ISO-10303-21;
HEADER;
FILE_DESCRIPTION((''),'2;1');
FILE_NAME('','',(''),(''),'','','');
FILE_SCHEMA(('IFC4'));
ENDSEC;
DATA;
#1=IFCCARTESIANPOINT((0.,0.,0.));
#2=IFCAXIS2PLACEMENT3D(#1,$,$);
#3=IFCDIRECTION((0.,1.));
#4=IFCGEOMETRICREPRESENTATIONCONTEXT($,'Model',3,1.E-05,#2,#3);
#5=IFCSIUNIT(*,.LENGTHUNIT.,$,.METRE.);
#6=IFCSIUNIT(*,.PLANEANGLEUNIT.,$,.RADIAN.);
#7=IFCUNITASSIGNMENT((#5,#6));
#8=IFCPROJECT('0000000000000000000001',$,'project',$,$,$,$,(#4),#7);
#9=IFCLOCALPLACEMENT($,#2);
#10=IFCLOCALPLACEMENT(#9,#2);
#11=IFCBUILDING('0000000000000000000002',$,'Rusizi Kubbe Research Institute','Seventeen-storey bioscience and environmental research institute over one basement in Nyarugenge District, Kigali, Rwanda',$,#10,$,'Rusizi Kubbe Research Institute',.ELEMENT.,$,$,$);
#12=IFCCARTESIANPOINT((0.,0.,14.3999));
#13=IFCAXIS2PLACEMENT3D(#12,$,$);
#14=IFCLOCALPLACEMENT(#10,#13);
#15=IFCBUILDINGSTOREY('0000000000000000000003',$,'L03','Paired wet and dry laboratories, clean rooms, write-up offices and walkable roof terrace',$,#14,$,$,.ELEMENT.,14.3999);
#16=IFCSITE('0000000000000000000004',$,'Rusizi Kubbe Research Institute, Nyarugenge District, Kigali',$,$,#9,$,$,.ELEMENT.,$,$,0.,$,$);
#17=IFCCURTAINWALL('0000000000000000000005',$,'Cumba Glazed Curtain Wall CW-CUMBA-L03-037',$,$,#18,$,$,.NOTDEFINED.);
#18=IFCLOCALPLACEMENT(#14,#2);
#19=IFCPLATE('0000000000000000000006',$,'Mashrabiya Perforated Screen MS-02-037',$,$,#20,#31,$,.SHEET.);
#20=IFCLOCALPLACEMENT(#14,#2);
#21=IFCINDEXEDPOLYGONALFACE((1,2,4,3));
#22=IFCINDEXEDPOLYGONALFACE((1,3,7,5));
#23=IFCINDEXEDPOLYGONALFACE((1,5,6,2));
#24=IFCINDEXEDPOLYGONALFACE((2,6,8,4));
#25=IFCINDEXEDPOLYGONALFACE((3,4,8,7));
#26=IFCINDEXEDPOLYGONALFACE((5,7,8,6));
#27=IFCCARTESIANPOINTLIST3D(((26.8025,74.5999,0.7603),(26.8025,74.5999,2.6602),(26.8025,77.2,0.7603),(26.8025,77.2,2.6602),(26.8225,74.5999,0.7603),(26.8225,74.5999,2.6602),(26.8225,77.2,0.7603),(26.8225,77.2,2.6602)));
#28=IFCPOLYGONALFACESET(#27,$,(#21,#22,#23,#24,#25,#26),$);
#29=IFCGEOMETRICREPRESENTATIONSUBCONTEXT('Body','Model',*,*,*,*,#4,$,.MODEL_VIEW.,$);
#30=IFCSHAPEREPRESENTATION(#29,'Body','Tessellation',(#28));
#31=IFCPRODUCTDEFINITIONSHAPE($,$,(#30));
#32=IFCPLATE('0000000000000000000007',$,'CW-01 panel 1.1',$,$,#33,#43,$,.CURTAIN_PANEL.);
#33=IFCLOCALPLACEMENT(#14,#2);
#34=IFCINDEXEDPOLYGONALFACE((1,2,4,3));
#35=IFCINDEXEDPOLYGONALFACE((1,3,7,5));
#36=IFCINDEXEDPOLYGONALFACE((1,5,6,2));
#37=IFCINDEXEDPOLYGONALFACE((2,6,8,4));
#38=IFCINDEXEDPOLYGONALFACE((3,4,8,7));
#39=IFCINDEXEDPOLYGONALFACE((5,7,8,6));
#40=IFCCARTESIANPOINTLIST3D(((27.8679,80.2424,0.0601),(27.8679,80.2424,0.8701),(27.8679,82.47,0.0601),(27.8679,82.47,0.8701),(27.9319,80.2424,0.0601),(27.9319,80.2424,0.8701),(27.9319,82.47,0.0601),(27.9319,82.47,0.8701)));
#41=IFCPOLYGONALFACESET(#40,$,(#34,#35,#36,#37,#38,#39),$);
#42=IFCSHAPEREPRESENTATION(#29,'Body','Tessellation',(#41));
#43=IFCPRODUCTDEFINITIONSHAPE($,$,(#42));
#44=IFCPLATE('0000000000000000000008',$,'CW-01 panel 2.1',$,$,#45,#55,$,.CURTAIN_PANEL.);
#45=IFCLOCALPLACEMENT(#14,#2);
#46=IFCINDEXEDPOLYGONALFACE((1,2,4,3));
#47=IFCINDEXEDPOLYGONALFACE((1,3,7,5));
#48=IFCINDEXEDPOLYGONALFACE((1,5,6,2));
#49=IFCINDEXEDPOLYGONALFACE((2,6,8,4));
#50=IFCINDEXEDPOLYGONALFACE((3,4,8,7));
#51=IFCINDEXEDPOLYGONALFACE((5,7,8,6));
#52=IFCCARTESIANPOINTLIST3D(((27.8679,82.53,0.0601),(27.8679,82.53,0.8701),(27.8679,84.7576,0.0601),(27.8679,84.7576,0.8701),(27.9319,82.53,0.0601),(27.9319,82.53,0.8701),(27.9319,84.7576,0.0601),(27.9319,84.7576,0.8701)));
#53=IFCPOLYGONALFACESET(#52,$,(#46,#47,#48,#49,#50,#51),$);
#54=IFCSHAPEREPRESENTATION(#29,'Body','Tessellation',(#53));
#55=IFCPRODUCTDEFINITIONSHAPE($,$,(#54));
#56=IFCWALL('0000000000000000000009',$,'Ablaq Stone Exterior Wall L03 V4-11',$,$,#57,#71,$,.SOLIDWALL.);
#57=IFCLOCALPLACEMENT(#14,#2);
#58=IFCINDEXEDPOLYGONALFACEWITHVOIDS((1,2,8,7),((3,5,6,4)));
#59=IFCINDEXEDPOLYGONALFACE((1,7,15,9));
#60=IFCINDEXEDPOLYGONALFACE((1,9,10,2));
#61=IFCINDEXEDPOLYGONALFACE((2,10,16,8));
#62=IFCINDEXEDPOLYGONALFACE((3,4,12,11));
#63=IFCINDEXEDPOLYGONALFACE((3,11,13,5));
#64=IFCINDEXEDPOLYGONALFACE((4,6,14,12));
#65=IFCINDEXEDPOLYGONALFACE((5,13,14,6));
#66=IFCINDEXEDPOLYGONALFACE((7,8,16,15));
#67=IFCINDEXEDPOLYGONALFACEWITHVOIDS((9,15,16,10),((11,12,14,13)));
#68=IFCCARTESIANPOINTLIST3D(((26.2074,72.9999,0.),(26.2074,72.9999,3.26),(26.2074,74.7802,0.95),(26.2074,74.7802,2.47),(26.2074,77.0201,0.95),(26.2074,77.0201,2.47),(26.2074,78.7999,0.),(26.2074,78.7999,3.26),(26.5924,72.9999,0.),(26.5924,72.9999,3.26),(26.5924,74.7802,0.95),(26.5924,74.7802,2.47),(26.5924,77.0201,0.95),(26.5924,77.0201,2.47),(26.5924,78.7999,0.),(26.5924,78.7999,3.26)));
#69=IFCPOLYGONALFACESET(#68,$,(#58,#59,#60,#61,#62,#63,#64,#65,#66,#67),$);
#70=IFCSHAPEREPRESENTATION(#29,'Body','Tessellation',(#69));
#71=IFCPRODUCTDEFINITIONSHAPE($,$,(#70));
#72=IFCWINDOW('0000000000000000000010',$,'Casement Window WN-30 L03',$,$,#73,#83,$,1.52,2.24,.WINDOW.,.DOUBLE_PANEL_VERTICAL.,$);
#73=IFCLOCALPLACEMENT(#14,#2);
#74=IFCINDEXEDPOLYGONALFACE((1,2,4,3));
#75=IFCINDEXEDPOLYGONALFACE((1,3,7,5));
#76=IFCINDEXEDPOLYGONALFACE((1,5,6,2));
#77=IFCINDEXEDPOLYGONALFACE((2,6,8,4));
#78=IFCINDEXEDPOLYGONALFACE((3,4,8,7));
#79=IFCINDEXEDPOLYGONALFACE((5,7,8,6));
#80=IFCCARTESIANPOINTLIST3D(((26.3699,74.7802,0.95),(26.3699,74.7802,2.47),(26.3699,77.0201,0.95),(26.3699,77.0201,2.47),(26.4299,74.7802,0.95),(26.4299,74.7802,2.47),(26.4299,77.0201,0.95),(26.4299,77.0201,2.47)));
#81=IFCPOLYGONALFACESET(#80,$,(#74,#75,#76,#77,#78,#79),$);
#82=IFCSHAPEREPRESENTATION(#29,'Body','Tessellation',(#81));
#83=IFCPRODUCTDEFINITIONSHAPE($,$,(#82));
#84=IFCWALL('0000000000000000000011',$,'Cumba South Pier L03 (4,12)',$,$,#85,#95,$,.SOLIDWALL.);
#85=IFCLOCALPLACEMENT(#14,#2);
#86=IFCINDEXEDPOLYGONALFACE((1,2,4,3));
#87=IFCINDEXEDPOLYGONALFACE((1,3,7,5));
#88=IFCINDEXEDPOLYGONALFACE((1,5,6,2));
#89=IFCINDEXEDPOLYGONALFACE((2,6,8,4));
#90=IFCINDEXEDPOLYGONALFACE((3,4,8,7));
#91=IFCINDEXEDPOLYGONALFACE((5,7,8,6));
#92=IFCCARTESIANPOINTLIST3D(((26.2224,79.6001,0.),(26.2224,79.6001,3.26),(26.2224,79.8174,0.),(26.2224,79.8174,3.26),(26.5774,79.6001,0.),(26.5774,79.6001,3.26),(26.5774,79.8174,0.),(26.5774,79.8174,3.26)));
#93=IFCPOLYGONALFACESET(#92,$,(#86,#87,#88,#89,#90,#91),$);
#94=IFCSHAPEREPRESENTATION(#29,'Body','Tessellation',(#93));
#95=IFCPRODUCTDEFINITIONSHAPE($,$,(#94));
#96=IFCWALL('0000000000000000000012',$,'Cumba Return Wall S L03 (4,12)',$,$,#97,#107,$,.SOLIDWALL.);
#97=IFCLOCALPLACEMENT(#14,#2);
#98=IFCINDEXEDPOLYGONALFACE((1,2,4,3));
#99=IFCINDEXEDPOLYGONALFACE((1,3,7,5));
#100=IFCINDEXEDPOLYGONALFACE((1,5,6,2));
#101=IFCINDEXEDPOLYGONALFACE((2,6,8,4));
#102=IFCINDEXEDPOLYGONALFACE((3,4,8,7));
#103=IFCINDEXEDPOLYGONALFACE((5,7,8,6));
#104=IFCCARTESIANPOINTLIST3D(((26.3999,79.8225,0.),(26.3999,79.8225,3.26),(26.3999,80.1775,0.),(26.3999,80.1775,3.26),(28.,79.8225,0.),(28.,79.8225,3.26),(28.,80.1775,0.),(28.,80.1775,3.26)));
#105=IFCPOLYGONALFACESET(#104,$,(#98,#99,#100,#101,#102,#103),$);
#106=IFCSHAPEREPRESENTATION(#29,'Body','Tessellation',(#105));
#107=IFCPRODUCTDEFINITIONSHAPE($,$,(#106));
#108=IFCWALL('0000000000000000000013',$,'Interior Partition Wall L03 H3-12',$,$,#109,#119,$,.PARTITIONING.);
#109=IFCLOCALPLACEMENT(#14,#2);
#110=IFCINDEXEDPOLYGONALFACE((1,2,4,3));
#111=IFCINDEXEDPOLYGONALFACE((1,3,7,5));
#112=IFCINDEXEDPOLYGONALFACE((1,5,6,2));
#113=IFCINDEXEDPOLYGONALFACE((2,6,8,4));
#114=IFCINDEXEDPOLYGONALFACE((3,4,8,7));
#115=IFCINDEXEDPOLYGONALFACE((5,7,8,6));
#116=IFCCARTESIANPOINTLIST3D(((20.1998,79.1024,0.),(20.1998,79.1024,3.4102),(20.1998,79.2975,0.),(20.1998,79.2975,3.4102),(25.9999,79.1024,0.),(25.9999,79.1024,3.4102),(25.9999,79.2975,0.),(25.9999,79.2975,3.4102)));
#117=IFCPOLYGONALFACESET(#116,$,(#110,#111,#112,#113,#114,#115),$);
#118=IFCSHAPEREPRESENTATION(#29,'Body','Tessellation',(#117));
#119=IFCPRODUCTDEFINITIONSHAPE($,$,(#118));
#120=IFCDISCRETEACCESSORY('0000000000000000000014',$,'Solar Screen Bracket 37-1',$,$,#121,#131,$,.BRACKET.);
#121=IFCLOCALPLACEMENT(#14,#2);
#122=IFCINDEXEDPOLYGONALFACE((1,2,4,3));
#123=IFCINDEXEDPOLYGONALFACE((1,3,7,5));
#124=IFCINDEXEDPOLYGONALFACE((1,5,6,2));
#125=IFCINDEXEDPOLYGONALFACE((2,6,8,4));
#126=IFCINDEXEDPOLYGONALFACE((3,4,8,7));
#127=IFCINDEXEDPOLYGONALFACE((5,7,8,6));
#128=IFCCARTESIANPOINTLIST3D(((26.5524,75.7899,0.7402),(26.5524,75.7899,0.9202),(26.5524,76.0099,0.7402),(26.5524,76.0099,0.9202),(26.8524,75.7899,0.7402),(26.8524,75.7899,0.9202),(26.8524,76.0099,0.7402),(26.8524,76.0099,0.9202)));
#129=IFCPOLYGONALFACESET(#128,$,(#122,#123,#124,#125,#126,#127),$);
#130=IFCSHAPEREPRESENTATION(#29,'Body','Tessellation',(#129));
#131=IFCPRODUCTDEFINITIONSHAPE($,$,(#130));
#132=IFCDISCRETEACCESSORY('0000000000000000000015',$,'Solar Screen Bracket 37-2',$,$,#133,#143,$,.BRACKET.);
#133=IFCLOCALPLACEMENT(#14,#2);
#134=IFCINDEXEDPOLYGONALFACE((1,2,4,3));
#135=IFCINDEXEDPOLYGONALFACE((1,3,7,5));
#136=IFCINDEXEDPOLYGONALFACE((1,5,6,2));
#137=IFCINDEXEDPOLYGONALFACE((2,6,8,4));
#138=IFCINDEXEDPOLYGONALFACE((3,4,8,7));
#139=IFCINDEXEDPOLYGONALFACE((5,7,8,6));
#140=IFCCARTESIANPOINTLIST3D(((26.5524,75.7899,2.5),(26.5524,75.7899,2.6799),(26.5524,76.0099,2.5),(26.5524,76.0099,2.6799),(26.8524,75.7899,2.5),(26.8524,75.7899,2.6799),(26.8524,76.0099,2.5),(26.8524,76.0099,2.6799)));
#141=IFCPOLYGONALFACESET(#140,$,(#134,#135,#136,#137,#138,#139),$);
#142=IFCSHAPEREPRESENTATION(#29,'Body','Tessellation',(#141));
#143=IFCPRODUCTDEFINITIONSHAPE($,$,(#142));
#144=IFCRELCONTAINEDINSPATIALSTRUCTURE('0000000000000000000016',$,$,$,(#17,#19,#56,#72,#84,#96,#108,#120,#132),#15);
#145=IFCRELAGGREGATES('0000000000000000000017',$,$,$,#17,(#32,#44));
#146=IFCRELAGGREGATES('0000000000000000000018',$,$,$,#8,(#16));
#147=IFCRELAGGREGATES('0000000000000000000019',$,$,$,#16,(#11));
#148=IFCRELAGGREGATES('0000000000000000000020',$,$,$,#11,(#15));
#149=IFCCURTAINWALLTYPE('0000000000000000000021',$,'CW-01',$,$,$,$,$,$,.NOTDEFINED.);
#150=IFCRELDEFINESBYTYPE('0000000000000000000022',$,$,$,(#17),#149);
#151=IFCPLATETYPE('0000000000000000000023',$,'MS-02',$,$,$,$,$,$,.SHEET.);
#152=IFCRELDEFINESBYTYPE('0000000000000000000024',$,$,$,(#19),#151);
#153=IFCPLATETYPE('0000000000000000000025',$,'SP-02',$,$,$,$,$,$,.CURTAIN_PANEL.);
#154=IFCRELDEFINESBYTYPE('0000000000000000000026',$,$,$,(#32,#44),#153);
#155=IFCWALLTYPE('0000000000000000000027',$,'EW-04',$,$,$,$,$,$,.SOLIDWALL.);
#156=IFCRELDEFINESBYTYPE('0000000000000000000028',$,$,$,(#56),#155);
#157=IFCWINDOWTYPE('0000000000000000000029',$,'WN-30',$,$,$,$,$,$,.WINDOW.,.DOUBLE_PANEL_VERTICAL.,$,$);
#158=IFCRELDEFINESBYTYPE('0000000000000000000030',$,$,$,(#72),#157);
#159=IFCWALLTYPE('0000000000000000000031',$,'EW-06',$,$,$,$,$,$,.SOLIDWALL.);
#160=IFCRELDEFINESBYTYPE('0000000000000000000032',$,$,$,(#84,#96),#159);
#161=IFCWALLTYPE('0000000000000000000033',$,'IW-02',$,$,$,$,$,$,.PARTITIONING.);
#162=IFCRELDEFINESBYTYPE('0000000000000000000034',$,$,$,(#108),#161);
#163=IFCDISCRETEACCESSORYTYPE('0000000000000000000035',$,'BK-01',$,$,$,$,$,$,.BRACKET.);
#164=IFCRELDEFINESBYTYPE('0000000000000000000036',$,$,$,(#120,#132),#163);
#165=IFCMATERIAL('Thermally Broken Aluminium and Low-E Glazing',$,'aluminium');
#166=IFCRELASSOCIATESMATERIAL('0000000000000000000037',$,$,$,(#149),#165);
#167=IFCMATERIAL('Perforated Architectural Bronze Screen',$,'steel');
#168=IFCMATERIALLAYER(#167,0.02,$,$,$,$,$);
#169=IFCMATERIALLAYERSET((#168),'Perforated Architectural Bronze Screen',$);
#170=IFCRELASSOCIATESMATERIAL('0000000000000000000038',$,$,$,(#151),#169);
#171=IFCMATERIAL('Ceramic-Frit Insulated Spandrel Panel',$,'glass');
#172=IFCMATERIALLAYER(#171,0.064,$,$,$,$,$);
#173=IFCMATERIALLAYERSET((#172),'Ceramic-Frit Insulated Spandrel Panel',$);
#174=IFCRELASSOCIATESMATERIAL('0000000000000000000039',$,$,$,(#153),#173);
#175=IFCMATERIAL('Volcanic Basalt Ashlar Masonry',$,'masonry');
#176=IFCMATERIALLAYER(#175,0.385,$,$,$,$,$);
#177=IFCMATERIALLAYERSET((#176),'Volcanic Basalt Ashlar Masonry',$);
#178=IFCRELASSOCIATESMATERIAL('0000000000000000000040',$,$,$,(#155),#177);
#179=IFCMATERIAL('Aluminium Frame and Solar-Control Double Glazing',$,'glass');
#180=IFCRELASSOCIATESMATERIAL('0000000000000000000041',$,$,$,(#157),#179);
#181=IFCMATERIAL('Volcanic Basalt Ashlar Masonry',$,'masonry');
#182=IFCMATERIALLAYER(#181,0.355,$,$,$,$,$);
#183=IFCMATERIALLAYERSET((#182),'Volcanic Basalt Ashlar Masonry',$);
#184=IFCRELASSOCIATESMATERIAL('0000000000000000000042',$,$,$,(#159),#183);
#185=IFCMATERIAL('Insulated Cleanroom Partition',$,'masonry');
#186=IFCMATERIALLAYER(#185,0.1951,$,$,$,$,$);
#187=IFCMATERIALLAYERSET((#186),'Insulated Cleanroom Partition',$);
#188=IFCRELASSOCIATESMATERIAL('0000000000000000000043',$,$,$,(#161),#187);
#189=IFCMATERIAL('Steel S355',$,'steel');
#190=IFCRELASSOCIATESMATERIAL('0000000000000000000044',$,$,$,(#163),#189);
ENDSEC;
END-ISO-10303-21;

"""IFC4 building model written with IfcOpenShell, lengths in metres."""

from ifc_helpers import new_model, si_unit, direction, frame, frame_2d, origin, origin_2d, place, context, subcontext, project, spatial, rectangle, extrude, material, layer, layer_set, type_object, element, fill, aggregate, save


model = new_model("IFC4")

# Units and contexts
model_context = context("Model", 3, precision=1e-05, world=origin(), true_north=direction((0.0, 1.0)))
body_context = subcontext(model_context, "Body", "Model", "MODEL_VIEW")
ifc_project = project(units=[si_unit("LENGTHUNIT", "METRE"), si_unit("PLANEANGLEUNIT", "RADIAN")], contexts=[model_context])

# Site, building, storey
site_placement = place(None, origin())
site = spatial("IfcSite", under=ifc_project, at=site_placement, Name="Rusizi Kubbe Research Institute, Nyarugenge District, Kigali", CompositionType="ELEMENT", RefElevation=0.0)
building_placement = place(site_placement, origin())
building = spatial("IfcBuilding", under=site, at=building_placement, Name="Rusizi Kubbe Research Institute", Description="Seventeen-storey bioscience and environmental research institute over one basement in Nyarugenge District, Kigali, Rwanda", LongName="Rusizi Kubbe Research Institute", CompositionType="ELEMENT")
storey_placement = place(building_placement, frame((0.0, 0.0, 14.3999)))
storey = spatial("IfcBuildingStorey", under=building, at=storey_placement, Name="L03", Description="Paired wet and dry laboratories, clean rooms, write-up offices and walkable roof terrace", CompositionType="ELEMENT", Elevation=14.3999)

# Curtain wall
ifc_material_1 = material(Name="Thermally Broken Aluminium and Low-E Glazing", Category="aluminium")
curtain_wall_type = type_object("IfcCurtainWallType", Name="CW-01", PredefinedType="NOTDEFINED", material=ifc_material_1)
curtain_wall_placement = place(storey_placement, origin())
curtain_wall = element("IfcCurtainWall", 1, at=curtain_wall_placement, inside=storey, type_object=curtain_wall_type, Name="Cumba Glazed Curtain Wall CW-CUMBA-L03-037", PredefinedType="NOTDEFINED")

# Plates
ifc_material_2 = material(Name="Perforated Architectural Bronze Screen", Category="steel")
ifc_layer_1 = layer(ifc_material_2, 0.02)
ifc_layer_set_1 = layer_set([ifc_layer_1], Name="Perforated Architectural Bronze Screen")
plate_type_1 = type_object("IfcPlateType", Name="MS-02", PredefinedType="SHEET", material=ifc_layer_set_1)
plate_1_placement = place(storey_placement, frame((26.8125, 75.8999, 0.7603), z_axis=(0.0, 0.0, 1.0), x_axis=(0.0, 1.0, 0.0)))
element("IfcPlate", 2, at=plate_1_placement, inside=storey, type_object=plate_type_1, Name="Mashrabiya Perforated Screen MS-02-037", PredefinedType="SHEET", context=body_context, shape_type="SweptSolid", body=[
    extrude(rectangle(XDim=2.6001, YDim=0.02, at=origin_2d()), origin(), (0.0, 0.0, 1.0), 1.8999),
])
ifc_material_3 = material(Name="Ceramic-Frit Insulated Spandrel Panel", Category="glass")
ifc_layer_2 = layer(ifc_material_3, 0.064)
ifc_layer_set_2 = layer_set([ifc_layer_2], Name="Ceramic-Frit Insulated Spandrel Panel")
plate_type_2 = type_object("IfcPlateType", Name="SP-02", PredefinedType="CURTAIN_PANEL", material=ifc_layer_set_2)
plate_2_placement = place(storey_placement, frame((27.8999, 81.3562, 0.0601), z_axis=(0.0, 0.0, 1.0), x_axis=(0.0, 1.0, 0.0)))
plate_2 = element("IfcPlate", 3, at=plate_2_placement, type_object=plate_type_2, Name="CW-01 panel 1.1", PredefinedType="CURTAIN_PANEL", context=body_context, shape_type="SweptSolid", body=[
    extrude(rectangle(XDim=2.2275, YDim=0.064, at=origin_2d()), origin(), (0.0, 0.0, 1.0), 0.8101),
])
plate_3_placement = place(storey_placement, frame((27.8999, 83.6438, 0.0601), z_axis=(0.0, 0.0, 1.0), x_axis=(0.0, 1.0, 0.0)))
plate_3 = element("IfcPlate", 4, at=plate_3_placement, type_object=plate_type_2, Name="CW-01 panel 2.1", PredefinedType="CURTAIN_PANEL", context=body_context, shape_type="SweptSolid", body=[
    extrude(rectangle(XDim=2.2275, YDim=0.064, at=origin_2d()), origin(), (0.0, 0.0, 1.0), 0.8101),
])
aggregate(curtain_wall, [plate_2, plate_3])

# Wall, opening, window
ifc_material_4 = material(Name="Volcanic Basalt Ashlar Masonry", Category="masonry")
ifc_layer_3 = layer(ifc_material_4, 0.385)
ifc_layer_set_3 = layer_set([ifc_layer_3], Name="Volcanic Basalt Ashlar Masonry")
wall_type_1 = type_object("IfcWallType", Name="EW-04", PredefinedType="SOLIDWALL", material=ifc_layer_set_3)
wall_1_placement = place(storey_placement, frame((26.3999, 73.0, 0.0), z_axis=(0.0, 0.0, 1.0), x_axis=(0.0, 1.0, 0.0)))
wall_1 = element("IfcWall", 5, at=wall_1_placement, inside=storey, type_object=wall_type_1, Name="Ablaq Stone Exterior Wall L03 V4-11", PredefinedType="SOLIDWALL", context=body_context, shape_type="SweptSolid", body=[
    extrude(rectangle(XDim=5.8, YDim=0.385, at=frame_2d((2.8999, 0.0))), origin(), (0.0, 0.0, 1.0), 3.26),
])
opening_placement = place(wall_1_placement, frame((1.78, 0.0, 0.95)))
opening = element("IfcOpeningElement", 6, at=opening_placement, cuts=wall_1, PredefinedType="OPENING", context=body_context, shape_type="SweptSolid", body=[
    extrude(rectangle(XDim=2.24, YDim=1.52, at=frame_2d((1.1201, 0.76))), frame((0.0, 0.2024, 0.0), z_axis=(0.0, -1.0, 0.0), x_axis=(1.0, 0.0, 0.0)), (0.0, 0.0, 1.0), 0.405),
])
ifc_material_5 = material(Name="Aluminium Frame and Solar-Control Double Glazing", Category="glass")
window_type = type_object("IfcWindowType", Name="WN-30", PartitioningType="DOUBLE_PANEL_VERTICAL", PredefinedType="WINDOW", material=ifc_material_5)
window_placement = place(opening_placement, origin())
window = element("IfcWindow", 7, at=window_placement, inside=storey, type_object=window_type, Name="Casement Window WN-30 L03", OverallHeight=1.52, OverallWidth=2.24, PartitioningType="DOUBLE_PANEL_VERTICAL", PredefinedType="WINDOW", context=body_context, shape_type="SweptSolid", body=[
    extrude(rectangle(XDim=2.24, YDim=1.52, at=frame_2d((1.1201, 0.76))), frame((0.0, 0.03, 0.0), z_axis=(0.0, -1.0, 0.0), x_axis=(1.0, 0.0, 0.0)), (0.0, 0.0, 1.0), 0.0601),
])
fill(opening, window)

# Walls
ifc_material_6 = material(Name="Volcanic Basalt Ashlar Masonry", Category="masonry")
ifc_layer_4 = layer(ifc_material_6, 0.355)
ifc_layer_set_4 = layer_set([ifc_layer_4], Name="Volcanic Basalt Ashlar Masonry")
wall_type_2 = type_object("IfcWallType", Name="EW-06", PredefinedType="SOLIDWALL", material=ifc_layer_set_4)
wall_2_placement = place(storey_placement, frame((26.3999, 79.6001, 0.0), z_axis=(0.0, 0.0, 1.0), x_axis=(0.0, 1.0, 0.0)))
element("IfcWall", 8, at=wall_2_placement, inside=storey, type_object=wall_type_2, Name="Cumba South Pier L03 (4,12)", PredefinedType="SOLIDWALL", context=body_context, shape_type="SweptSolid", body=[
    extrude(rectangle(XDim=0.2173, YDim=0.355, at=frame_2d((0.1086, 0.0))), origin(), (0.0, 0.0, 1.0), 3.26),
])
wall_3_placement = place(storey_placement, frame((26.3999, 80.0, 0.0), z_axis=(0.0, 0.0, 1.0), x_axis=(1.0, 0.0, 0.0)))
element("IfcWall", 9, at=wall_3_placement, inside=storey, type_object=wall_type_2, Name="Cumba Return Wall S L03 (4,12)", PredefinedType="SOLIDWALL", context=body_context, shape_type="SweptSolid", body=[
    extrude(rectangle(XDim=1.6001, YDim=0.355, at=frame_2d((0.8, 0.0))), origin(), (0.0, 0.0, 1.0), 3.26),
])
ifc_material_7 = material(Name="Insulated Cleanroom Partition", Category="masonry")
ifc_layer_5 = layer(ifc_material_7, 0.1951)
ifc_layer_set_5 = layer_set([ifc_layer_5], Name="Insulated Cleanroom Partition")
wall_type_3 = type_object("IfcWallType", Name="IW-02", PredefinedType="PARTITIONING", material=ifc_layer_set_5)
wall_4_placement = place(storey_placement, frame((20.2, 79.2, 0.0), z_axis=(0.0, 0.0, 1.0), x_axis=(1.0, 0.0, 0.0)))
element("IfcWall", 10, at=wall_4_placement, inside=storey, type_object=wall_type_3, Name="Interior Partition Wall L03 H3-12", PredefinedType="PARTITIONING", context=body_context, shape_type="SweptSolid", body=[
    extrude(rectangle(XDim=5.8, YDim=0.1951, at=frame_2d((2.8999, 0.0))), origin(), (0.0, 0.0, 1.0), 3.4102),
])

# Discrete accessories
ifc_material_8 = material(Name="Steel S355", Category="steel")
discrete_accessory_type = type_object("IfcDiscreteAccessoryType", Name="BK-01", PredefinedType="BRACKET", material=ifc_material_8)
for number, where, z_axis, x_axis, name in (
    (11, (26.7024, 75.8999, 0.7402), (0.0, 0.0, 1.0), (1.0, 0.0, 0.0), "Solar Screen Bracket 37-1"),
    (12, (26.7024, 75.8999, 2.5), (0.0, 0.0, 1.0), (1.0, 0.0, 0.0), "Solar Screen Bracket 37-2"),
):
    element("IfcDiscreteAccessory", number, at=place(storey_placement, frame(where, z_axis=z_axis, x_axis=x_axis)), inside=storey, type_object=discrete_accessory_type, Name=name, PredefinedType="BRACKET", context=body_context, shape_type="SweptSolid", body=[
        extrude(rectangle(XDim=0.3, YDim=0.22, at=origin_2d()), origin(), (0.0, 0.0, 1.0), 0.1799),
    ])

save(model, "model.ifc")
